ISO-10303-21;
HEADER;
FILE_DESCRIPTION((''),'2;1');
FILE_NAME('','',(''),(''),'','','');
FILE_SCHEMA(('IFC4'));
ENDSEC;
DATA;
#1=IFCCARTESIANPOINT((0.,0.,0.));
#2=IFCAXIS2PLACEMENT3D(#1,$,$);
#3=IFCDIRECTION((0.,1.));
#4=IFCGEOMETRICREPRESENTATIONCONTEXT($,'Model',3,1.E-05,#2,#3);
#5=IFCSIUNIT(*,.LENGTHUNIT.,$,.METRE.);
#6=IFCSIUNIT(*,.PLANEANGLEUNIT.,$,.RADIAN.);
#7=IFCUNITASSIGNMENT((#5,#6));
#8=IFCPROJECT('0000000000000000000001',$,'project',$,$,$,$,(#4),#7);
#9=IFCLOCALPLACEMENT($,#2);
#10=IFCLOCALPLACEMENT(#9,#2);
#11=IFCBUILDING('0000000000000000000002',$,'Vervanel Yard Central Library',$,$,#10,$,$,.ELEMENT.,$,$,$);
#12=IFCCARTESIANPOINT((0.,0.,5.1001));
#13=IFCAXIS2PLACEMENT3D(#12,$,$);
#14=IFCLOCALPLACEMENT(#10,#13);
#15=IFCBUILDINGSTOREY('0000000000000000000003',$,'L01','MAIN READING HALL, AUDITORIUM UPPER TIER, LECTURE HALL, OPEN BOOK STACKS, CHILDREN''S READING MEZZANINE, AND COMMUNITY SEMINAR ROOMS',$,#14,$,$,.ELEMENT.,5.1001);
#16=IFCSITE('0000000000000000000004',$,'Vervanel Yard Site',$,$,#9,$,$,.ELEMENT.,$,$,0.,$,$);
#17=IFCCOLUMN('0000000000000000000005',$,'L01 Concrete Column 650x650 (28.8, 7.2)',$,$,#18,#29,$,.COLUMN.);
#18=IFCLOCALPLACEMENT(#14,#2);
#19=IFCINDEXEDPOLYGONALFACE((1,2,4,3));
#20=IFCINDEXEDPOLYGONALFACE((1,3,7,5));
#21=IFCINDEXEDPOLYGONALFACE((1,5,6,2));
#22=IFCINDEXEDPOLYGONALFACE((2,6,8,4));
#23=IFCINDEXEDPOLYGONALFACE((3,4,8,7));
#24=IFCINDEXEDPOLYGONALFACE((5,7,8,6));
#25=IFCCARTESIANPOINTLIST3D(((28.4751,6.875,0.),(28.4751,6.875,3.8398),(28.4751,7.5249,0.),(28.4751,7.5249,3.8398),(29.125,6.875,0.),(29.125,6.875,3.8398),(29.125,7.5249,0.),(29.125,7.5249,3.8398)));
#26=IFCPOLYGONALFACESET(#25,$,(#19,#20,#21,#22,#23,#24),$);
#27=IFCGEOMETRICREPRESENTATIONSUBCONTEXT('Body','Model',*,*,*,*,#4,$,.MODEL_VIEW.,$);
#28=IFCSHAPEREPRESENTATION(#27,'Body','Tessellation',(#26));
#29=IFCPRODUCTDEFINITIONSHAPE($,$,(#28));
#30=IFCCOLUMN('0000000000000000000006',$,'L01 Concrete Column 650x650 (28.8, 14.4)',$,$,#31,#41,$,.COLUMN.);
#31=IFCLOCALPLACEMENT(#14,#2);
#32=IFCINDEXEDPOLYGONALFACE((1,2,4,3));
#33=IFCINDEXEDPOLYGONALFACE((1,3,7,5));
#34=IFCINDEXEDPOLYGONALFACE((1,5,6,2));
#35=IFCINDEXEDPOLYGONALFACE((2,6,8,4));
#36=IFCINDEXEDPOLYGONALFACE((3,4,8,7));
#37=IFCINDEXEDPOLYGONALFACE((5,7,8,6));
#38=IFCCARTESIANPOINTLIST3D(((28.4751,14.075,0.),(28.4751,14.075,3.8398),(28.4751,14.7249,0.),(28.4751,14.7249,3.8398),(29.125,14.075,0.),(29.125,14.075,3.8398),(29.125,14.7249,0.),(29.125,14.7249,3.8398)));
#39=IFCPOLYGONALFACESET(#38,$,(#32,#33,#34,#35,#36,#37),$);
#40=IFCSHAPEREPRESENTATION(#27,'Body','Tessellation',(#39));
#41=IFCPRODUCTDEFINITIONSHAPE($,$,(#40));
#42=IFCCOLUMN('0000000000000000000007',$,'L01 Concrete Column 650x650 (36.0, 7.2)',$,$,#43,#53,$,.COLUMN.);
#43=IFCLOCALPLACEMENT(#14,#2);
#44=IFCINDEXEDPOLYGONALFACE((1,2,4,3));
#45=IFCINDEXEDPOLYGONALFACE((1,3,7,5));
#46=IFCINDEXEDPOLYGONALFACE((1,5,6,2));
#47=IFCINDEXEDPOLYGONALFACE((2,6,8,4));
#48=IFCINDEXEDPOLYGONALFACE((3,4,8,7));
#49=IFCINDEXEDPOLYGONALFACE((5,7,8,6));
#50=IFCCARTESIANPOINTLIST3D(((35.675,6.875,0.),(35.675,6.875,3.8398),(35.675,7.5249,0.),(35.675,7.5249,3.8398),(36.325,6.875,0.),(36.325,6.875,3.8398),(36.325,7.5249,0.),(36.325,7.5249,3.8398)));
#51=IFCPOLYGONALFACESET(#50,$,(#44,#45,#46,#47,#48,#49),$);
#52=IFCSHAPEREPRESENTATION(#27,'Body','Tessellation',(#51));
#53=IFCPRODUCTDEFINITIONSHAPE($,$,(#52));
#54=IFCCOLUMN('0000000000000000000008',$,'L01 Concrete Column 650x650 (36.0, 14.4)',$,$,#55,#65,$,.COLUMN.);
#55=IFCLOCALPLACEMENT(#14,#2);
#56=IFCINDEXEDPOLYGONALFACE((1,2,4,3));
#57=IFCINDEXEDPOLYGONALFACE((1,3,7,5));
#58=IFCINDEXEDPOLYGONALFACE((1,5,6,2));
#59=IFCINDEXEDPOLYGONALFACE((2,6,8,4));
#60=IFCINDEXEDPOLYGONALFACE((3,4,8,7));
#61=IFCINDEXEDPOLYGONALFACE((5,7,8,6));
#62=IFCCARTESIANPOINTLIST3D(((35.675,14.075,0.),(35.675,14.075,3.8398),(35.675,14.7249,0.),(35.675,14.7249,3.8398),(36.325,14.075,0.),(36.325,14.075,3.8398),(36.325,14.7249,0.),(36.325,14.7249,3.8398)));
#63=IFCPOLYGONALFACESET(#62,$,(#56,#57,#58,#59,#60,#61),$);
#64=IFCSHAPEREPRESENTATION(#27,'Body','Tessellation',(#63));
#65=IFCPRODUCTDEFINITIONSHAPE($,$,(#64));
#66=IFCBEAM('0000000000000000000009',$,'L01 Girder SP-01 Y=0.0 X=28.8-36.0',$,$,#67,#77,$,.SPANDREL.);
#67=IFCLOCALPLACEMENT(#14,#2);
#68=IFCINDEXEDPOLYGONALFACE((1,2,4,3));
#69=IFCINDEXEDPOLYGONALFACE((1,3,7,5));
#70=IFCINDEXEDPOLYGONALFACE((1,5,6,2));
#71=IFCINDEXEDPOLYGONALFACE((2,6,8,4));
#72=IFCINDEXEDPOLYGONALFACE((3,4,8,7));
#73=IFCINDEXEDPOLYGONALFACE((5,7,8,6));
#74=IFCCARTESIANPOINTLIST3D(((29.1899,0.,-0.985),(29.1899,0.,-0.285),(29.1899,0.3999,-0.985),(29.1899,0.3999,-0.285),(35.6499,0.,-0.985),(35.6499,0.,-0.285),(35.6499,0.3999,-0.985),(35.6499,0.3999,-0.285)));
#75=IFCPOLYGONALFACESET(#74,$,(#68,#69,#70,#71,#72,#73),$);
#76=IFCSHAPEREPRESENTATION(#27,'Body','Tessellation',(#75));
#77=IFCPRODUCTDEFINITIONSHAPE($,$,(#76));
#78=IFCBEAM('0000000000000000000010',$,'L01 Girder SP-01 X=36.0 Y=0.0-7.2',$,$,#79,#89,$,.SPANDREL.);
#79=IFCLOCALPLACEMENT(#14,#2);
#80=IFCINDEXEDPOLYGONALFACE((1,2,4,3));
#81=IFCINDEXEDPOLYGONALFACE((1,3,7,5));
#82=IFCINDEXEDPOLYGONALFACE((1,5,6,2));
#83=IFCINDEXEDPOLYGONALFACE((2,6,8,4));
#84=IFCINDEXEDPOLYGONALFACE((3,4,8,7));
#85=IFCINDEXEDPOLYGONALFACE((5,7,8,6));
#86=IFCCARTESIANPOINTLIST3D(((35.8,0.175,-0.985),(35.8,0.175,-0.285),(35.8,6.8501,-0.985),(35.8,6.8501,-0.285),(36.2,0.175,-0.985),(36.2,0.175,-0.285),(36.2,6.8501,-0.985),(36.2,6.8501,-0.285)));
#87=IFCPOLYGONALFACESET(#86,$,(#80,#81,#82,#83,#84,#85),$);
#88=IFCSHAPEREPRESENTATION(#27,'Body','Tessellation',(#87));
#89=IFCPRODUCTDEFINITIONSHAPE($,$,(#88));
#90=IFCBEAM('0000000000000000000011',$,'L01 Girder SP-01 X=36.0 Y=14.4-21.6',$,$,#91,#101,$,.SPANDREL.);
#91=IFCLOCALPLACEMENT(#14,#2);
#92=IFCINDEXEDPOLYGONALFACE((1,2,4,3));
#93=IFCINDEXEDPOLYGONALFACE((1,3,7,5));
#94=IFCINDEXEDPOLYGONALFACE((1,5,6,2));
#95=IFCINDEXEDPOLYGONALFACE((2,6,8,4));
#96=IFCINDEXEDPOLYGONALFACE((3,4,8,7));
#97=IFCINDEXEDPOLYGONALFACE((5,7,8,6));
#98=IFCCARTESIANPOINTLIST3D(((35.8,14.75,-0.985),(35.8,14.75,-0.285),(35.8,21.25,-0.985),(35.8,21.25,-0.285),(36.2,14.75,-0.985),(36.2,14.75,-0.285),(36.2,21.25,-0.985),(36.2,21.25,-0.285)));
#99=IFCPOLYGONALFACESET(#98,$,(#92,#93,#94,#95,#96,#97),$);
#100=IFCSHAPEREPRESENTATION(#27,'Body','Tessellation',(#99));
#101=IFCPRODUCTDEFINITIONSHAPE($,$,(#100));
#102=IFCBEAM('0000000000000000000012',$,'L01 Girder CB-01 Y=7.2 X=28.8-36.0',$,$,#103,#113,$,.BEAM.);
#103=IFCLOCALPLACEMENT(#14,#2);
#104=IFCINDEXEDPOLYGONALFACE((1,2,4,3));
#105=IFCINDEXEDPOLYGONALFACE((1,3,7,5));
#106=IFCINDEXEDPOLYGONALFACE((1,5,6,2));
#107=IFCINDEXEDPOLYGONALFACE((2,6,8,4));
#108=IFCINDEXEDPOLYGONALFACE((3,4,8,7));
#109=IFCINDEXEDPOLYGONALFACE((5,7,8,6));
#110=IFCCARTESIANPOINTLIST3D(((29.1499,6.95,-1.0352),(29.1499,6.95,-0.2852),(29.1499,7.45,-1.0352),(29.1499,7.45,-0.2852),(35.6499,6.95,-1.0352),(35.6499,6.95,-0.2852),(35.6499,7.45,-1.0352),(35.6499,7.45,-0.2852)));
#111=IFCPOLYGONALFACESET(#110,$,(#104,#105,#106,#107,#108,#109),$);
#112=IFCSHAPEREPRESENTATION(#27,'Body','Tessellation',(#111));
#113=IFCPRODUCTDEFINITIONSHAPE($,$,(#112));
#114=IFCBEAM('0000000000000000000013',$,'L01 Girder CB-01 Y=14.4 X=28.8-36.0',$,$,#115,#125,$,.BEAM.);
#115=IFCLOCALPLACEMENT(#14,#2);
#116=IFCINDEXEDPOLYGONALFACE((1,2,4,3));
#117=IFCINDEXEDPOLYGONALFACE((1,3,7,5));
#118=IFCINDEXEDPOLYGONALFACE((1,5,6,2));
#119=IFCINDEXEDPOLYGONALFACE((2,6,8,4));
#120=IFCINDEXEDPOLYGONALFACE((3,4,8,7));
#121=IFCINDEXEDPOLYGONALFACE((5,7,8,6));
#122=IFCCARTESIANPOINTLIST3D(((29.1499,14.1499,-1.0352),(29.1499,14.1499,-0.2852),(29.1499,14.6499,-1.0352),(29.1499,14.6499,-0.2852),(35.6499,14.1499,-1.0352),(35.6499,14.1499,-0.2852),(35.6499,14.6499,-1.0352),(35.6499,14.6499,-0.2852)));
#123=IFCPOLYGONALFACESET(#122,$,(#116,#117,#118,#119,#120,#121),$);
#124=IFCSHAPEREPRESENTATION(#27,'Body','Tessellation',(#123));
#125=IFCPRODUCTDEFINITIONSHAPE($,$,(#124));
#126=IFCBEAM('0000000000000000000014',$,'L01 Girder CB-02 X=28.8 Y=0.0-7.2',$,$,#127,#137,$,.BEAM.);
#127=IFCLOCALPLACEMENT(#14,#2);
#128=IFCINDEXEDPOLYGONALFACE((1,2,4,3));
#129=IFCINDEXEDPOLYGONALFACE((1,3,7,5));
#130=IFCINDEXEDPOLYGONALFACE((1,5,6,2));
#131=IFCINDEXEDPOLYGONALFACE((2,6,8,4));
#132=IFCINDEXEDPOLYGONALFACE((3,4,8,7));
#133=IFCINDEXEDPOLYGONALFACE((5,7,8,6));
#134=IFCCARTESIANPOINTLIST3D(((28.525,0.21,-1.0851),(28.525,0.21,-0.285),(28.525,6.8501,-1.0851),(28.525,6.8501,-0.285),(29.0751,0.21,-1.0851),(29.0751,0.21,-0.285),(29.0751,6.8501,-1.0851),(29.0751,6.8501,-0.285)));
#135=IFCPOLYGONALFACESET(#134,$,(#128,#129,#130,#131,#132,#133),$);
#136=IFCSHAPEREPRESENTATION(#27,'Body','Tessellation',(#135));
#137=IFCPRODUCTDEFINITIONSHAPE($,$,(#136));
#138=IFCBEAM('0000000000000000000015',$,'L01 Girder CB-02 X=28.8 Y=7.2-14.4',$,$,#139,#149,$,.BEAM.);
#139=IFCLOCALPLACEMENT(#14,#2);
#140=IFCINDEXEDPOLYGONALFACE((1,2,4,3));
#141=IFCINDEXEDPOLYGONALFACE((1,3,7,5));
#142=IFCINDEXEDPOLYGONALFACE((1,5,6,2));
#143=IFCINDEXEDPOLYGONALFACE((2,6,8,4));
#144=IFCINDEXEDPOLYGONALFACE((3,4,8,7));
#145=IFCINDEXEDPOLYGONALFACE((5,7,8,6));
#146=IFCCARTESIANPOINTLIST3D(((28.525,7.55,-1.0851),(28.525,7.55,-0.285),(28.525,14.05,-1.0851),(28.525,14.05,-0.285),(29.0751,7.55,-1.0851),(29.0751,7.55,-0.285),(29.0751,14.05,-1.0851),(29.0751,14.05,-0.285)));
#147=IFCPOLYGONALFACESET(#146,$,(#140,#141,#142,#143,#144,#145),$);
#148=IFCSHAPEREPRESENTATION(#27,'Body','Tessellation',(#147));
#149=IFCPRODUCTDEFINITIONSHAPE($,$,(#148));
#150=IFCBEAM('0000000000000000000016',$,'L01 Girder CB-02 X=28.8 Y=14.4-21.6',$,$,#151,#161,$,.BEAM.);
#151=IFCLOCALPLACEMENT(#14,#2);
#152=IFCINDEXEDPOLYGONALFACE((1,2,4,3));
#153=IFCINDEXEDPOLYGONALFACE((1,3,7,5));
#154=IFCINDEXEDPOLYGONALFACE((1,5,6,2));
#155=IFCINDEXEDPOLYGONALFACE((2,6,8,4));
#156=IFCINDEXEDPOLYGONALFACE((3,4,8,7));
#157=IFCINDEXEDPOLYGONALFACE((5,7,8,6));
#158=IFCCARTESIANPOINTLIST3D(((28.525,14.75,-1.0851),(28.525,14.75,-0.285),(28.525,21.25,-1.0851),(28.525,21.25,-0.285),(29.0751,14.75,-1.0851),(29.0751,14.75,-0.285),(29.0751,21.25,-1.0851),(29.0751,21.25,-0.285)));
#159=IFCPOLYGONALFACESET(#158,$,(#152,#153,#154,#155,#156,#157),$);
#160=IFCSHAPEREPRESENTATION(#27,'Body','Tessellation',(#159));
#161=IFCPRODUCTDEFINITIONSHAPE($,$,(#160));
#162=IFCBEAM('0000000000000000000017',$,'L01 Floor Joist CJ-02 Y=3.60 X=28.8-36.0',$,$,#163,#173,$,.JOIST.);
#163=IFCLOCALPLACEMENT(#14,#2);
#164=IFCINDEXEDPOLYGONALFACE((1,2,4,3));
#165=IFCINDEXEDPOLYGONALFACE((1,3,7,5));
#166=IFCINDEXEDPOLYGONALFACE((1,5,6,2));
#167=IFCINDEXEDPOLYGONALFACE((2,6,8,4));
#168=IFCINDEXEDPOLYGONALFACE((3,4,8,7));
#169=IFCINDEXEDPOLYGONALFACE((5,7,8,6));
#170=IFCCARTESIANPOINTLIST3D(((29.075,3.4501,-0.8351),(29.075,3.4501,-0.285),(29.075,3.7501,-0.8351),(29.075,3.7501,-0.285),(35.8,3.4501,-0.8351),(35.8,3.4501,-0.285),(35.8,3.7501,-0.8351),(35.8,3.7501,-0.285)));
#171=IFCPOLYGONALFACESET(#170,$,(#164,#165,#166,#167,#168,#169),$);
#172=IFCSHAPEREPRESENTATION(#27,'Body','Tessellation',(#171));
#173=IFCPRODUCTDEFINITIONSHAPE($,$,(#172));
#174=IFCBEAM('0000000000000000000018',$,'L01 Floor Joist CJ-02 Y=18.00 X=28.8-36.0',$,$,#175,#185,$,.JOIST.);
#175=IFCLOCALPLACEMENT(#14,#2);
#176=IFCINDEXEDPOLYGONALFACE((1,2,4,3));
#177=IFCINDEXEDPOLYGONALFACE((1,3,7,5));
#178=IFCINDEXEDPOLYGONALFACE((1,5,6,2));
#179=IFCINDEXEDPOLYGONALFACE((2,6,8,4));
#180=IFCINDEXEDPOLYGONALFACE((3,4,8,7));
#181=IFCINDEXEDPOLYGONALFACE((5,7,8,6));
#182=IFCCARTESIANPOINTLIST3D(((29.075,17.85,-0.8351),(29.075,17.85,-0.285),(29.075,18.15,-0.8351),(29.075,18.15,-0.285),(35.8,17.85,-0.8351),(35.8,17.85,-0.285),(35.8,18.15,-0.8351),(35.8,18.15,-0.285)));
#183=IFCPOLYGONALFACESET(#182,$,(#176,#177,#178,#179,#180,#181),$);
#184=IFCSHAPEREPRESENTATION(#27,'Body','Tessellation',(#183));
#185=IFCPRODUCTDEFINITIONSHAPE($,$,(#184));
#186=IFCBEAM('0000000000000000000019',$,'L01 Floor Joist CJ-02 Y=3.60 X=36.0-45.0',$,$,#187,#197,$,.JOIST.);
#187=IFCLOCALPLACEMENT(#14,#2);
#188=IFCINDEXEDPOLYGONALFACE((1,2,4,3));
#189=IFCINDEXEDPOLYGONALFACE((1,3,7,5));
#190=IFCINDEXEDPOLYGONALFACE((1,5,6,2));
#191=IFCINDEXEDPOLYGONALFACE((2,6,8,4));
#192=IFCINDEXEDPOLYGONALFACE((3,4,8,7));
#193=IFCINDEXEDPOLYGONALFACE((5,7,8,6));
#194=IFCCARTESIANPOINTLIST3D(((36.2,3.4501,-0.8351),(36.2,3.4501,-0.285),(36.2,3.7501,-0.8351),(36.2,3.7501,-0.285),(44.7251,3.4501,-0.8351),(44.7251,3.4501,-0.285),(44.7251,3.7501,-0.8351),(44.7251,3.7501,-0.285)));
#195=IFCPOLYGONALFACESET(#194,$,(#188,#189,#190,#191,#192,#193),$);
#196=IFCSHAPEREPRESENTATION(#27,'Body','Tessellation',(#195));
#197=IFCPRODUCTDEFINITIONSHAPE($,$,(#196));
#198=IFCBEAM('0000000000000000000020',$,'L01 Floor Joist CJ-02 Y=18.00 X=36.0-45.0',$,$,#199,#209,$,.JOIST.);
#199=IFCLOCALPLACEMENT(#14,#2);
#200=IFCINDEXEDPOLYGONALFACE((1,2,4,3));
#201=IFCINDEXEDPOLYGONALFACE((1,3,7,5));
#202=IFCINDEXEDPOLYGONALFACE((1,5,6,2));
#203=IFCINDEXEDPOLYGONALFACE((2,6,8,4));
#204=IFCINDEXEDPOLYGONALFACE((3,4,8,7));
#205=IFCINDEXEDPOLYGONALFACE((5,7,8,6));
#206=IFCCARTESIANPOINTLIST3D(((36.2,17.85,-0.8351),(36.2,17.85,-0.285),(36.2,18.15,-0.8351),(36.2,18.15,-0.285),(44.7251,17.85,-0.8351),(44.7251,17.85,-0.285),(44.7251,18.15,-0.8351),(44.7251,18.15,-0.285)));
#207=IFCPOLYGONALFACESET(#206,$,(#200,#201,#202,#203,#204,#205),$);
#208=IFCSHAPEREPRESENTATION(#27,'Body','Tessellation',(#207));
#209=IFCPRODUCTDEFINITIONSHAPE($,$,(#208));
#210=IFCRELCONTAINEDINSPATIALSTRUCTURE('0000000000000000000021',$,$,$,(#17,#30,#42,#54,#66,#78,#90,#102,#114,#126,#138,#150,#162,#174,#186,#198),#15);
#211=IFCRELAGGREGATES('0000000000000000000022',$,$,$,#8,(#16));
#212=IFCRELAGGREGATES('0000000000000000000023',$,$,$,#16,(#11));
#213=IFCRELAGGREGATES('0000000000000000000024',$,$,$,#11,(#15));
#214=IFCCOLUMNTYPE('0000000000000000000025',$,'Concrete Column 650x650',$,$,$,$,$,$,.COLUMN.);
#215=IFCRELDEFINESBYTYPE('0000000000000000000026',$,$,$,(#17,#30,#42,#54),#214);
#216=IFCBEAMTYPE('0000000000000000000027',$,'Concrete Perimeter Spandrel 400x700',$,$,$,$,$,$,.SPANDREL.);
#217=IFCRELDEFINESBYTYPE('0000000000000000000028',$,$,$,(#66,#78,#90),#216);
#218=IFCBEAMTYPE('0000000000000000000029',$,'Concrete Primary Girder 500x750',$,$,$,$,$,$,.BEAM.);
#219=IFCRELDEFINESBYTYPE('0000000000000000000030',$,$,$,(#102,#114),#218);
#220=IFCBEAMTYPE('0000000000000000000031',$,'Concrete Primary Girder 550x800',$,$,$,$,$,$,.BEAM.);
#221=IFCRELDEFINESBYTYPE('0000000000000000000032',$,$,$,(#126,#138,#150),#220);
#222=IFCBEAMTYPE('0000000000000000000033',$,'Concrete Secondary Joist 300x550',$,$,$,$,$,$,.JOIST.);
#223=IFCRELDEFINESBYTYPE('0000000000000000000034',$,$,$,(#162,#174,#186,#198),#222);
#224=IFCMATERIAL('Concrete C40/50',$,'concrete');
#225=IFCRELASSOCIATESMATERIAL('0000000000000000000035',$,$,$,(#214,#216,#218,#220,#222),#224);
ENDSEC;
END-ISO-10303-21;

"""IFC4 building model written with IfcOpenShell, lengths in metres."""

from ifc_helpers import new_model, si_unit, direction, frame, origin, origin_2d, place, context, subcontext, project, spatial, rectangle, extrude, material, material_profile, profile_set, type_object, element, save


model = new_model("IFC4")

# Units and contexts
model_context = context("Model", 3, precision=1e-05, world=origin(), true_north=direction((0.0, 1.0)))
body_context = subcontext(model_context, "Body", "Model", "MODEL_VIEW")
ifc_project = project(units=[si_unit("LENGTHUNIT", "METRE"), si_unit("PLANEANGLEUNIT", "RADIAN")], contexts=[model_context])

# Site, building, storey
site_placement = place(None, origin())
site = spatial("IfcSite", under=ifc_project, at=site_placement, Name="Vervanel Yard Site", CompositionType="ELEMENT", RefElevation=0.0)
building_placement = place(site_placement, origin())
building = spatial("IfcBuilding", under=site, at=building_placement, Name="Vervanel Yard Central Library", CompositionType="ELEMENT")
storey_placement = place(building_placement, frame((0.0, 0.0, 5.1001)))
storey = spatial("IfcBuildingStorey", under=building, at=storey_placement, Name="L01", Description="MAIN READING HALL, AUDITORIUM UPPER TIER, LECTURE HALL, OPEN BOOK STACKS, CHILDREN'S READING MEZZANINE, AND COMMUNITY SEMINAR ROOMS", CompositionType="ELEMENT", Elevation=5.1001)

# Columns
ifc_material_1 = material(Name="Concrete C40/50", Category="concrete")
ifc_material_profile_1 = material_profile(ifc_material_1, rectangle(XDim=0.6499, YDim=0.6499, at=origin_2d()), Name="RC 650x650", Category="concrete")
ifc_profile_set_1 = profile_set([ifc_material_profile_1], Name="Concrete C40/50")
column_type = type_object("IfcColumnType", Name="Concrete Column 650x650", PredefinedType="COLUMN", material=ifc_profile_set_1)
for number, where, z_axis, x_axis, name in (
    (1, (28.8, 7.2, 0.0), (0.0, 0.0, 1.0), (1.0, 0.0, 0.0), "L01 Concrete Column 650x650 (28.8, 7.2)"),
    (2, (28.8, 14.3999, 0.0), (0.0, 0.0, 1.0), (1.0, 0.0, 0.0), "L01 Concrete Column 650x650 (28.8, 14.4)"),
    (3, (36.0, 7.2, 0.0), (0.0, 0.0, 1.0), (1.0, 0.0, 0.0), "L01 Concrete Column 650x650 (36.0, 7.2)"),
    (4, (36.0, 14.3999, 0.0), (0.0, 0.0, 1.0), (1.0, 0.0, 0.0), "L01 Concrete Column 650x650 (36.0, 14.4)"),
):
    element("IfcColumn", number, at=place(storey_placement, frame(where, z_axis=z_axis, x_axis=x_axis)), inside=storey, type_object=column_type, Name=name, PredefinedType="COLUMN", context=body_context, shape_type="SweptSolid", body=[
        extrude(rectangle(XDim=0.6499, YDim=0.6499, at=origin_2d()), origin(), (0.0, 0.0, 1.0), 3.8398),
    ])

# Beams
ifc_material_profile_2 = material_profile(ifc_material_1, rectangle(XDim=0.3999, YDim=0.7, at=origin_2d()), Name="RC 400x700", Category="concrete")
ifc_profile_set_2 = profile_set([ifc_material_profile_2], Name="Concrete C40/50")
beam_type_1 = type_object("IfcBeamType", Name="Concrete Perimeter Spandrel 400x700", PredefinedType="SPANDREL", material=ifc_profile_set_2)
beam_1_placement = place(storey_placement, frame((29.1899, 0.2, -0.635), z_axis=(1.0, 0.0, 0.0), x_axis=(0.0, 1.0, 0.0)))
element("IfcBeam", 5, at=beam_1_placement, inside=storey, type_object=beam_type_1, Name="L01 Girder SP-01 Y=0.0 X=28.8-36.0", PredefinedType="SPANDREL", context=body_context, shape_type="SweptSolid", body=[
    extrude(rectangle(XDim=0.3999, YDim=0.7, at=origin_2d()), origin(), (0.0, 0.0, 1.0), 6.46),
])
beam_2_placement = place(storey_placement, frame((36.0, 0.175, -0.635), z_axis=(0.0, 1.0, 0.0), x_axis=(-1.0, 0.0, 0.0)))
element("IfcBeam", 6, at=beam_2_placement, inside=storey, type_object=beam_type_1, Name="L01 Girder SP-01 X=36.0 Y=0.0-7.2", PredefinedType="SPANDREL", context=body_context, shape_type="SweptSolid", body=[
    extrude(rectangle(XDim=0.3999, YDim=0.7, at=origin_2d()), origin(), (0.0, 0.0, 1.0), 6.675),
])
beam_3_placement = place(storey_placement, frame((36.0, 14.75, -0.635), z_axis=(0.0, 1.0, 0.0), x_axis=(-1.0, 0.0, 0.0)))
element("IfcBeam", 7, at=beam_3_placement, inside=storey, type_object=beam_type_1, Name="L01 Girder SP-01 X=36.0 Y=14.4-21.6", PredefinedType="SPANDREL", context=body_context, shape_type="SweptSolid", body=[
    extrude(rectangle(XDim=0.3999, YDim=0.7, at=origin_2d()), origin(), (0.0, 0.0, 1.0), 6.5),
])
ifc_material_profile_3 = material_profile(ifc_material_1, rectangle(XDim=0.5, YDim=0.75, at=origin_2d()), Name="RC 500x750", Category="concrete")
ifc_profile_set_3 = profile_set([ifc_material_profile_3], Name="Concrete C40/50")
beam_type_2 = type_object("IfcBeamType", Name="Concrete Primary Girder 500x750", PredefinedType="BEAM", material=ifc_profile_set_3)
for number, where, z_axis, x_axis, name in (
    (8, (29.1499, 7.2, -0.6602), (1.0, 0.0, 0.0), (0.0, 1.0, 0.0), "L01 Girder CB-01 Y=7.2 X=28.8-36.0"),
    (9, (29.1499, 14.3999, -0.6602), (1.0, 0.0, 0.0), (0.0, 1.0, 0.0), "L01 Girder CB-01 Y=14.4 X=28.8-36.0"),
):
    element("IfcBeam", number, at=place(storey_placement, frame(where, z_axis=z_axis, x_axis=x_axis)), inside=storey, type_object=beam_type_2, Name=name, PredefinedType="BEAM", context=body_context, shape_type="SweptSolid", body=[
        extrude(rectangle(XDim=0.5, YDim=0.75, at=origin_2d()), origin(), (0.0, 0.0, 1.0), 6.5),
    ])
ifc_material_profile_4 = material_profile(ifc_material_1, rectangle(XDim=0.55, YDim=0.8, at=origin_2d()), Name="RC 550x800", Category="concrete")
ifc_profile_set_4 = profile_set([ifc_material_profile_4], Name="Concrete C40/50")
beam_type_3 = type_object("IfcBeamType", Name="Concrete Primary Girder 550x800", PredefinedType="BEAM", material=ifc_profile_set_4)
beam_4_placement = place(storey_placement, frame((28.8, 0.21, -0.6851), z_axis=(0.0, 1.0, 0.0), x_axis=(-1.0, 0.0, 0.0)))
element("IfcBeam", 10, at=beam_4_placement, inside=storey, type_object=beam_type_3, Name="L01 Girder CB-02 X=28.8 Y=0.0-7.2", PredefinedType="BEAM", context=body_context, shape_type="SweptSolid", body=[
    extrude(rectangle(XDim=0.55, YDim=0.8, at=origin_2d()), origin(), (0.0, 0.0, 1.0), 6.6401),
])
for number, where, z_axis, x_axis, name in (
    (11, (28.8, 7.55, -0.6851), (0.0, 1.0, 0.0), (-1.0, 0.0, 0.0), "L01 Girder CB-02 X=28.8 Y=7.2-14.4"),
    (12, (28.8, 14.75, -0.6851), (0.0, 1.0, 0.0), (-1.0, 0.0, 0.0), "L01 Girder CB-02 X=28.8 Y=14.4-21.6"),
):
    element("IfcBeam", number, at=place(storey_placement, frame(where, z_axis=z_axis, x_axis=x_axis)), inside=storey, type_object=beam_type_3, Name=name, PredefinedType="BEAM", context=body_context, shape_type="SweptSolid", body=[
        extrude(rectangle(XDim=0.55, YDim=0.8, at=origin_2d()), origin(), (0.0, 0.0, 1.0), 6.5),
    ])
ifc_material_profile_5 = material_profile(ifc_material_1, rectangle(XDim=0.3, YDim=0.55, at=origin_2d()), Name="RC 300x550", Category="concrete")
ifc_profile_set_5 = profile_set([ifc_material_profile_5], Name="Concrete C40/50")
beam_type_4 = type_object("IfcBeamType", Name="Concrete Secondary Joist 300x550", PredefinedType="JOIST", material=ifc_profile_set_5)
for number, where, z_axis, x_axis, name in (
    (13, (29.075, 3.6001, -0.5601), (1.0, 0.0, 0.0), (0.0, 1.0, 0.0), "L01 Floor Joist CJ-02 Y=3.60 X=28.8-36.0"),
    (14, (29.075, 18.0, -0.5601), (1.0, 0.0, 0.0), (0.0, 1.0, 0.0), "L01 Floor Joist CJ-02 Y=18.00 X=28.8-36.0"),
):
    element("IfcBeam", number, at=place(storey_placement, frame(where, z_axis=z_axis, x_axis=x_axis)), inside=storey, type_object=beam_type_4, Name=name, PredefinedType="JOIST", context=body_context, shape_type="SweptSolid", body=[
        extrude(rectangle(XDim=0.3, YDim=0.55, at=origin_2d()), origin(), (0.0, 0.0, 1.0), 6.7251),
    ])
for number, where, z_axis, x_axis, name in (
    (15, (36.2, 3.6001, -0.5601), (1.0, 0.0, 0.0), (0.0, 1.0, 0.0), "L01 Floor Joist CJ-02 Y=3.60 X=36.0-45.0"),
    (16, (36.2, 18.0, -0.5601), (1.0, 0.0, 0.0), (0.0, 1.0, 0.0), "L01 Floor Joist CJ-02 Y=18.00 X=36.0-45.0"),
):
    element("IfcBeam", number, at=place(storey_placement, frame(where, z_axis=z_axis, x_axis=x_axis)), inside=storey, type_object=beam_type_4, Name=name, PredefinedType="JOIST", context=body_context, shape_type="SweptSolid", body=[
        extrude(rectangle(XDim=0.3, YDim=0.55, at=origin_2d()), origin(), (0.0, 0.0, 1.0), 8.5251),
    ])

save(model, "model.ifc")
